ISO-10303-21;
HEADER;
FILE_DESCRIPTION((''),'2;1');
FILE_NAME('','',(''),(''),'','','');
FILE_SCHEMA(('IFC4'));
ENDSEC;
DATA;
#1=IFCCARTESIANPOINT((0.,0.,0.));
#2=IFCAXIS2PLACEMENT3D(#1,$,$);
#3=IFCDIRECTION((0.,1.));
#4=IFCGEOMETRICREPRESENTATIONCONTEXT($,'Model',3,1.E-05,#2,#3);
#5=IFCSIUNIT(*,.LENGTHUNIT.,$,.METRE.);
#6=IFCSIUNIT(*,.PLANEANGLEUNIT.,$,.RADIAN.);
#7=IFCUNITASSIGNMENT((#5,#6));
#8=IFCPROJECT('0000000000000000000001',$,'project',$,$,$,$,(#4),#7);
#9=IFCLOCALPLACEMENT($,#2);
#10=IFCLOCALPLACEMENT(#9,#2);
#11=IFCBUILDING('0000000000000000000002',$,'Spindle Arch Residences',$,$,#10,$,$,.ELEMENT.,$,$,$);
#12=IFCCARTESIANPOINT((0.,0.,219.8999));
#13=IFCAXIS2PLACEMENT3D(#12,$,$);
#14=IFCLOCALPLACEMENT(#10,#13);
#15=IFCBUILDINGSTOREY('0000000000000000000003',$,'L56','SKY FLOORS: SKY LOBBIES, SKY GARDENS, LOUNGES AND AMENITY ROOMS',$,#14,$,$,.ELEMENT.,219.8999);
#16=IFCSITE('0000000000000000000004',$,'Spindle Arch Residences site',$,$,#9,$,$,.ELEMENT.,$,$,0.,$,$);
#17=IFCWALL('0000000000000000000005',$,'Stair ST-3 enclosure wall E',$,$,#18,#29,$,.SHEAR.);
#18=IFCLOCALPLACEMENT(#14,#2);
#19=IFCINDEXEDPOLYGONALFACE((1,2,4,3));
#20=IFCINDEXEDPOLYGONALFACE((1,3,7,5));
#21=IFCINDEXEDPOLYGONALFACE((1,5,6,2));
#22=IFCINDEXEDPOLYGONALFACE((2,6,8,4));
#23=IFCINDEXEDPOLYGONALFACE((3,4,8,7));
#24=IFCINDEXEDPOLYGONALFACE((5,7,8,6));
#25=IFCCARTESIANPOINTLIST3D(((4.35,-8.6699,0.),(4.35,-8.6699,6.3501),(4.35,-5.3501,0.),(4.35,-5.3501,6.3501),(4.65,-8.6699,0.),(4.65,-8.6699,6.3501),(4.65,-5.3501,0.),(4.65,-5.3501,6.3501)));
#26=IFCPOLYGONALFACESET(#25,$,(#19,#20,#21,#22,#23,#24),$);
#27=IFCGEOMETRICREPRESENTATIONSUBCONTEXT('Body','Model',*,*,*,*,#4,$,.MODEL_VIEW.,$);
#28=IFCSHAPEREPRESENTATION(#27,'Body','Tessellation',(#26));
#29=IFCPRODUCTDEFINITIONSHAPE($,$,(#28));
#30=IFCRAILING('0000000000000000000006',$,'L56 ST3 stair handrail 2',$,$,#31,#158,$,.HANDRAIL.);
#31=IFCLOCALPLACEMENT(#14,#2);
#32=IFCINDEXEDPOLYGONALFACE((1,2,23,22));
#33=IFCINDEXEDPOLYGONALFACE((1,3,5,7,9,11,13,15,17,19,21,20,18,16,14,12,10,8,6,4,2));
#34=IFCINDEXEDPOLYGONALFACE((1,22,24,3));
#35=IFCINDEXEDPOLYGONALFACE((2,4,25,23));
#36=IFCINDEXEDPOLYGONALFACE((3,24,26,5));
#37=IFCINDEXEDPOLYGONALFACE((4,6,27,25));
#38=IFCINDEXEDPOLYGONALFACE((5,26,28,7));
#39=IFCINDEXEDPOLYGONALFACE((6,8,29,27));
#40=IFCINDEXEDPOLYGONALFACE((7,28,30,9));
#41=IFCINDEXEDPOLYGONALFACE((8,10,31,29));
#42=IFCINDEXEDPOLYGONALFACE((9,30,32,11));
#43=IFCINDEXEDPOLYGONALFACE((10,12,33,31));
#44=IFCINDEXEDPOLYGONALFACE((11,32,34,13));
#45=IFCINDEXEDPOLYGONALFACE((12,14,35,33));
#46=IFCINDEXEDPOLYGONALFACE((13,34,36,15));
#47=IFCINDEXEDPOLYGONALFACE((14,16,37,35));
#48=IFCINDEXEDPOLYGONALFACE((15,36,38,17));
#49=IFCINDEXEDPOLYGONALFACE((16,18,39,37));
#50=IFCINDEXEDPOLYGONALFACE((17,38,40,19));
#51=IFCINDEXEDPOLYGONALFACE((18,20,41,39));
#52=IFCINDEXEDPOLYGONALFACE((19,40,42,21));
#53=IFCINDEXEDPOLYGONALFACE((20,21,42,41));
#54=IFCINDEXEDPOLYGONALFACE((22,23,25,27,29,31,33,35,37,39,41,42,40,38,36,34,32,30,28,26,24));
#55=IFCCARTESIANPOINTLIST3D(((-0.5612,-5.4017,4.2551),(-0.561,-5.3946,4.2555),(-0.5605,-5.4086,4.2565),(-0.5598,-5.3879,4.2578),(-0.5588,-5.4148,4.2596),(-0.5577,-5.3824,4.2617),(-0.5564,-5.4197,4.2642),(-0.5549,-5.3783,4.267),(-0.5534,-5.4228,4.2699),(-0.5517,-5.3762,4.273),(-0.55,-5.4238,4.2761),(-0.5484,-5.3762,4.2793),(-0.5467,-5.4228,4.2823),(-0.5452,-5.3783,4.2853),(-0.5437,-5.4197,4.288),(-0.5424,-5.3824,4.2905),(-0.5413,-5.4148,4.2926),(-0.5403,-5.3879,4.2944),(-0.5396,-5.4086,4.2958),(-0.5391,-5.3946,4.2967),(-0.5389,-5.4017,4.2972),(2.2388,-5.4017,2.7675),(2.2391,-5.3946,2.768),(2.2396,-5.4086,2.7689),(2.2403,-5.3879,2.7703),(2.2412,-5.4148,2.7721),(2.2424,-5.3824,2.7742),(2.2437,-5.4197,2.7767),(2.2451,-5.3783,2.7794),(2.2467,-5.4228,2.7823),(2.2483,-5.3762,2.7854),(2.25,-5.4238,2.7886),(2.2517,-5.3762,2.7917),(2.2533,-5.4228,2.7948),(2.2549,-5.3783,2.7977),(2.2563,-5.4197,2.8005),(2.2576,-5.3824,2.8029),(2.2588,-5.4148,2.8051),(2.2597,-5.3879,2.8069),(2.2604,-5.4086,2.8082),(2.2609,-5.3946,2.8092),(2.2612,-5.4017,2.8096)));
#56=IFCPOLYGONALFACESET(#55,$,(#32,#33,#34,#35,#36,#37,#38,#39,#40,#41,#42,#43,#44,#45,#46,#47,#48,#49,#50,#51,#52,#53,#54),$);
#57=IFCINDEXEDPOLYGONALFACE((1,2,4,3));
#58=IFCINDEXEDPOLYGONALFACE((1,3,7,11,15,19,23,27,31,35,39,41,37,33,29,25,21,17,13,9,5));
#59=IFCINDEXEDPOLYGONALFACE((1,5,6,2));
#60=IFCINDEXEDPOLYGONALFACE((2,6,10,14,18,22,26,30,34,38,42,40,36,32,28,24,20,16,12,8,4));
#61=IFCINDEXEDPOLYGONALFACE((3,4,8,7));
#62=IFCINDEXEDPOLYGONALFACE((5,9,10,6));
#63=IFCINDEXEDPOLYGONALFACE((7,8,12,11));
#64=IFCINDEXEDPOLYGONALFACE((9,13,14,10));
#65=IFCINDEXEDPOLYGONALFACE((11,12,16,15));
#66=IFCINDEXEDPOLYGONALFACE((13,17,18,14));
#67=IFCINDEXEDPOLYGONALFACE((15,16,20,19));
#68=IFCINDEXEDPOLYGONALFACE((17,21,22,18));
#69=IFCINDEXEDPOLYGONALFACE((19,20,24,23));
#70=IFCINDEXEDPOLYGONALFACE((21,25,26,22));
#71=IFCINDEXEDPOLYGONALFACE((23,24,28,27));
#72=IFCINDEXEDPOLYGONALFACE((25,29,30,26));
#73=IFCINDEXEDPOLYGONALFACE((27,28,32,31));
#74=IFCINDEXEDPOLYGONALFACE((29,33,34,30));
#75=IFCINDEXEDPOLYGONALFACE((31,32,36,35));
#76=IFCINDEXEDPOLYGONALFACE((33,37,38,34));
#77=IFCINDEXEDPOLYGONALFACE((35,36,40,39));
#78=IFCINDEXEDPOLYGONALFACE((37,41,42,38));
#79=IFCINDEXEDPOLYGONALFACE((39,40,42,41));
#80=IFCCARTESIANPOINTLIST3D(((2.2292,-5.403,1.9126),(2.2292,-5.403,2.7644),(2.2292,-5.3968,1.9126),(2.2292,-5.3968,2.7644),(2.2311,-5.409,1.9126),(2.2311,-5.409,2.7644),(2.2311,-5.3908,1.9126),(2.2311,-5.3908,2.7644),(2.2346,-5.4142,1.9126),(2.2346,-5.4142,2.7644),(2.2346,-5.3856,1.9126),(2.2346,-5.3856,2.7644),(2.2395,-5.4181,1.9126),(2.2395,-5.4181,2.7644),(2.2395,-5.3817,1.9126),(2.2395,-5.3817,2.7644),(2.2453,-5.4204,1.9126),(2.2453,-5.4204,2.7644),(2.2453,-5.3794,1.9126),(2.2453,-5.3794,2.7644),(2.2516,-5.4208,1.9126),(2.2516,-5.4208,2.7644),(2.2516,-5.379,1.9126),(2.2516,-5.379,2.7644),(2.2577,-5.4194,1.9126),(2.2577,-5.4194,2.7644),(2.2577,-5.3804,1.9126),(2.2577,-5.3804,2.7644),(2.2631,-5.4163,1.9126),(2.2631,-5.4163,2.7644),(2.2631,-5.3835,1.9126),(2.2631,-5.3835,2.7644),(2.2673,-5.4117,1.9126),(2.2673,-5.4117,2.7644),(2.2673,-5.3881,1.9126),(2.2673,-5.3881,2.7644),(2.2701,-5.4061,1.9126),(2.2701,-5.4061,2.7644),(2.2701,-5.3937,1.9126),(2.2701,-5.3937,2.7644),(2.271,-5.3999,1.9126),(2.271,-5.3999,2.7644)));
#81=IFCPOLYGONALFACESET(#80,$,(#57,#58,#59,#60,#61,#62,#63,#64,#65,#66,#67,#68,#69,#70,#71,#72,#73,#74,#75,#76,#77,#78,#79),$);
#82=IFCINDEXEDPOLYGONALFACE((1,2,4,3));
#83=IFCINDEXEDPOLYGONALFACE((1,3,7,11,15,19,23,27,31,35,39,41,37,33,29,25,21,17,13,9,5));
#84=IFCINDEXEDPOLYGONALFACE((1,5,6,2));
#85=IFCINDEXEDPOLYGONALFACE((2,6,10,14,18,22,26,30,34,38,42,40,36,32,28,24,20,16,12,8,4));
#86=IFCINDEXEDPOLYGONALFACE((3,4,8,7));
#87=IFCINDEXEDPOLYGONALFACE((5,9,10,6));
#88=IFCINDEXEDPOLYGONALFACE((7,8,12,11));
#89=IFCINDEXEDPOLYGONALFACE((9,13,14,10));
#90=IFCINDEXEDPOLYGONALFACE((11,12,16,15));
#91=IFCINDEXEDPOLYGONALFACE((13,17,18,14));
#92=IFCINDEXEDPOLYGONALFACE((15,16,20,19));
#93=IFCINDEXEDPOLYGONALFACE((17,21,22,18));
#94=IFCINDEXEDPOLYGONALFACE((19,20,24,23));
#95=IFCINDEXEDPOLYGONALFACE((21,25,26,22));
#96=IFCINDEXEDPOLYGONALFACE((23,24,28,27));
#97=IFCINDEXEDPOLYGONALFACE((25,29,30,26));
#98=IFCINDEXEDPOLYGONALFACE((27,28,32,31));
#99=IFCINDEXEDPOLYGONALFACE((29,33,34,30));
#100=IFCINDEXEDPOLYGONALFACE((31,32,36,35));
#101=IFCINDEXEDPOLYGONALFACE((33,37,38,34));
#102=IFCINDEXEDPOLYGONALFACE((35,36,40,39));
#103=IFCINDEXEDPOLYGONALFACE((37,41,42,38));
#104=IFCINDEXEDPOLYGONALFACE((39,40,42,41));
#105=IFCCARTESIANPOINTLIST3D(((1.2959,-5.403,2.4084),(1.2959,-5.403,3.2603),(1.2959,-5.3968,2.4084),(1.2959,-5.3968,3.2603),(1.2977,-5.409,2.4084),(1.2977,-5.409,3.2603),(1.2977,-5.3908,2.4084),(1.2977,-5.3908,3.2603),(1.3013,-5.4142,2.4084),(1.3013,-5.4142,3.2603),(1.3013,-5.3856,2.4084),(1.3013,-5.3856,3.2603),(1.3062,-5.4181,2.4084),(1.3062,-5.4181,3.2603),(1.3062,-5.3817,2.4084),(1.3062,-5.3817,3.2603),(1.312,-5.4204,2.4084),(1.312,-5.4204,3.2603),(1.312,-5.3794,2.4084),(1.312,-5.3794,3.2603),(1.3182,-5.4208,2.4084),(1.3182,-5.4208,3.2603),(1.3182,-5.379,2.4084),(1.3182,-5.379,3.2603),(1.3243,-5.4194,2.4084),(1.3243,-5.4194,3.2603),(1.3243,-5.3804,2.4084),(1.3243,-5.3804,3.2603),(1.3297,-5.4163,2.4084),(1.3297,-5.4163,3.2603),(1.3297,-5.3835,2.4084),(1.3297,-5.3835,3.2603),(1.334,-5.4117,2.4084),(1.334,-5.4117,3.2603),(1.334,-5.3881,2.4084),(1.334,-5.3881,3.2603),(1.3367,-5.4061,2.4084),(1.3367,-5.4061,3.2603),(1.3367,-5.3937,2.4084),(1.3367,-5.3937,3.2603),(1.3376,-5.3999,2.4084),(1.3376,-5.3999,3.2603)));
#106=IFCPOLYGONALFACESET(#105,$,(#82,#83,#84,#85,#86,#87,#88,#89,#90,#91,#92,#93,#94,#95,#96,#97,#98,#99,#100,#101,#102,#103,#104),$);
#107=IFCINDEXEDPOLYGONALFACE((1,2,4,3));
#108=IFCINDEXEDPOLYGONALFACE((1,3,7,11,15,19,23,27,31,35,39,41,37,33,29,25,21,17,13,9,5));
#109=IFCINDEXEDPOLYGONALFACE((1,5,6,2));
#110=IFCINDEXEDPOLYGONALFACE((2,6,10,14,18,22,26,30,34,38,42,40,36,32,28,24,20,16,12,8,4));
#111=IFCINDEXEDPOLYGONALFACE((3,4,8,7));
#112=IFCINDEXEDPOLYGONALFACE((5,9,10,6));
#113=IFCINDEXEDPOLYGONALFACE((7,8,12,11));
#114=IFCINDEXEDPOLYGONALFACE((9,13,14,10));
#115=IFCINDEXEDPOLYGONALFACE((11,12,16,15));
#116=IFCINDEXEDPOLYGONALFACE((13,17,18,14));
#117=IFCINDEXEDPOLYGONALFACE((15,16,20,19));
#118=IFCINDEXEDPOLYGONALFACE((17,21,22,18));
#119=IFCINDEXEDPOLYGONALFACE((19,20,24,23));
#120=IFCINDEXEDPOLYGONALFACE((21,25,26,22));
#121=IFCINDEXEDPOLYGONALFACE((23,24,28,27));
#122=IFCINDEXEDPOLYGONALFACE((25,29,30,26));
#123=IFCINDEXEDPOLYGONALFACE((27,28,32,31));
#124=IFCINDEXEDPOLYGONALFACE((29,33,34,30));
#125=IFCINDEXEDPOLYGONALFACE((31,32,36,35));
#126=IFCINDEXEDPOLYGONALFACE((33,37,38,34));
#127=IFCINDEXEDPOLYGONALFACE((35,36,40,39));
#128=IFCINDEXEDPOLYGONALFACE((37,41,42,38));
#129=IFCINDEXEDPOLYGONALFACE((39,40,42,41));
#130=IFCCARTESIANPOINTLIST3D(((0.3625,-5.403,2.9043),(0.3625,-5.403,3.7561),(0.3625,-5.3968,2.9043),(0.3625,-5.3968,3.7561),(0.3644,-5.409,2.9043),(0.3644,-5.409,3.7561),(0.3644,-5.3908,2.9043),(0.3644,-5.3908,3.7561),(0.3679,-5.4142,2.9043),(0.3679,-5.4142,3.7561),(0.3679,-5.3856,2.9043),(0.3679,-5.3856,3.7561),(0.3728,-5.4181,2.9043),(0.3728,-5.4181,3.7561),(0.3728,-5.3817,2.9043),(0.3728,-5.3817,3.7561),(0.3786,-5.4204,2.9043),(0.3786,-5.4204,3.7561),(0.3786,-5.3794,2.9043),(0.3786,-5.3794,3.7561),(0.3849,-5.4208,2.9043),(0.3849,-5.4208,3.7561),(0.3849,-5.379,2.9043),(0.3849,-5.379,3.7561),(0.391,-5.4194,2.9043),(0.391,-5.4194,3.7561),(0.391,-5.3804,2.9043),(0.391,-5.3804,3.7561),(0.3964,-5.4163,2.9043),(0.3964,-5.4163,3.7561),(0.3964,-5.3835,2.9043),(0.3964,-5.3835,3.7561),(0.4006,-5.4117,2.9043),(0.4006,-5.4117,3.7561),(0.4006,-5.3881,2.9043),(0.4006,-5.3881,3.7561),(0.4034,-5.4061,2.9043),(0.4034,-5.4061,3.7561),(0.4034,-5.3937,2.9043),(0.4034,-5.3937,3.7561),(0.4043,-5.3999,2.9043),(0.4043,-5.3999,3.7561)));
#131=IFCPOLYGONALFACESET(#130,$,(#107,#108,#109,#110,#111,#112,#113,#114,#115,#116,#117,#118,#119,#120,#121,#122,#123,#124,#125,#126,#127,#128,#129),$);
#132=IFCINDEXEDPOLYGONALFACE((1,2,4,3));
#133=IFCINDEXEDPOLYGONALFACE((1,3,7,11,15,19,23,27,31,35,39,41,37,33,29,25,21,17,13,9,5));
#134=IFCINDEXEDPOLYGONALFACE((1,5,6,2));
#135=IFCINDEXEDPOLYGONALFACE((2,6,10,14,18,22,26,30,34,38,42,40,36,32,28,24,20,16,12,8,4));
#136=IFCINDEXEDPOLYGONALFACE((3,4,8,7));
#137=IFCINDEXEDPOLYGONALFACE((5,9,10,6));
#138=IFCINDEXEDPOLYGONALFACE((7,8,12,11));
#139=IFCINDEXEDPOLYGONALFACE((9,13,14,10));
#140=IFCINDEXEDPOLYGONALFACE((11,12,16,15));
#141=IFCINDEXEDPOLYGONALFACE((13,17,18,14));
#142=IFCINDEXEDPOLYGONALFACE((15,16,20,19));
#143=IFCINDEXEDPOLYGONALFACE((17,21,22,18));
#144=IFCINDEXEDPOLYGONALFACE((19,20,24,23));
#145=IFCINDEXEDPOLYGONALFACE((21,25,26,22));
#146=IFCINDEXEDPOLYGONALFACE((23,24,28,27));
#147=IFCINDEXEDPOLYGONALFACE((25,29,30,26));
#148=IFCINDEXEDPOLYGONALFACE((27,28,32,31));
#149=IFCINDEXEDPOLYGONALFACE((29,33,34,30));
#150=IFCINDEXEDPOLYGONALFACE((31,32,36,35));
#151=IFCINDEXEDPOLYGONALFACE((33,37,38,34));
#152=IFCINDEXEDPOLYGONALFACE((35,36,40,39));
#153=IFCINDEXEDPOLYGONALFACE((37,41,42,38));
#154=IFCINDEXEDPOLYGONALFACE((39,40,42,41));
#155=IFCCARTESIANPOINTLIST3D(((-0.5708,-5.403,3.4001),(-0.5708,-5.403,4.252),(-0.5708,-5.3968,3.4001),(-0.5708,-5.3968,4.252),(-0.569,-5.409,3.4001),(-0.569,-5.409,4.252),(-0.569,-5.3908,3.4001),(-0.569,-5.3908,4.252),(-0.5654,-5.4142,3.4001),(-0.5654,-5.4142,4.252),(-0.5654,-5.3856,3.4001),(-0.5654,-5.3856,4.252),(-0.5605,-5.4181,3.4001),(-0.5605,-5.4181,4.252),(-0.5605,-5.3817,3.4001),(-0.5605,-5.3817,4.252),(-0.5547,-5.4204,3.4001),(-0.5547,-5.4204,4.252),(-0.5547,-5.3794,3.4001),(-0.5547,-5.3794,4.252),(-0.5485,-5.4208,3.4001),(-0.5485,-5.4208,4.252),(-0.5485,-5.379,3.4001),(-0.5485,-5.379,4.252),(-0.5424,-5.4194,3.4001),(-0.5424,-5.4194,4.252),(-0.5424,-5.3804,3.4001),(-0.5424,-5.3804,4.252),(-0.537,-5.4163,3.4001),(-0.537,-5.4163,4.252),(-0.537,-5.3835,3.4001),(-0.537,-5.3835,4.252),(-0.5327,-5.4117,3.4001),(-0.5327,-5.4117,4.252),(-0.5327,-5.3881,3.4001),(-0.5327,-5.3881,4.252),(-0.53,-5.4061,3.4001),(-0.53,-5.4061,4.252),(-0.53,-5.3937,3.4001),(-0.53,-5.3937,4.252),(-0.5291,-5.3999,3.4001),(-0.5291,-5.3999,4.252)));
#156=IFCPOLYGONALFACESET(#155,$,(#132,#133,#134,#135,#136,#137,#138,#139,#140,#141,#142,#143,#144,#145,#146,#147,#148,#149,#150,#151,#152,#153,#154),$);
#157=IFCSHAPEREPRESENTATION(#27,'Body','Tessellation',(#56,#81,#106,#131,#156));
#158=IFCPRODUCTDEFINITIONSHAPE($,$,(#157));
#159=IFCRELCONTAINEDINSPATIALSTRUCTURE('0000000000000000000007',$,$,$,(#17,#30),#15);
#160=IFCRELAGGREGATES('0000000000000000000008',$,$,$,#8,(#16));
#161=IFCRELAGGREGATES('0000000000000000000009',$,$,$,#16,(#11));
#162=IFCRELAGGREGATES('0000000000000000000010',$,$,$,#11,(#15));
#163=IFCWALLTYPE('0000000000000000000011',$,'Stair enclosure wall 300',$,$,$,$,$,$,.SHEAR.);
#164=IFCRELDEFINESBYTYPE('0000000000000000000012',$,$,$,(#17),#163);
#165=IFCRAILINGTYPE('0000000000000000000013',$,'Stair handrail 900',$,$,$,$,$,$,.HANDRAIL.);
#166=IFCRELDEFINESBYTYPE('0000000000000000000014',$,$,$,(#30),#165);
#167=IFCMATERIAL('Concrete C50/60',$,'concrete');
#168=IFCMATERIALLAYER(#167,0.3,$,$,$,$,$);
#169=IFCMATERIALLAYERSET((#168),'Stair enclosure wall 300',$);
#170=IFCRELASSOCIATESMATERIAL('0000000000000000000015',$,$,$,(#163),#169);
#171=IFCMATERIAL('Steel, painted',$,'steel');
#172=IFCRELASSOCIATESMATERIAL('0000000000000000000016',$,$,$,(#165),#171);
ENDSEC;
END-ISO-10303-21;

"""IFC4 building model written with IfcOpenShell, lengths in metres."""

from ifc_helpers import new_model, si_unit, direction, frame, frame_2d, origin, origin_2d, place, context, subcontext, project, spatial, rectangle, circle, extrude, material, layer, layer_set, type_object, element, save


model = new_model("IFC4")

# Units and contexts
model_context = context("Model", 3, precision=1e-05, world=origin(), true_north=direction((0.0, 1.0)))
body_context = subcontext(model_context, "Body", "Model", "MODEL_VIEW")
ifc_project = project(units=[si_unit("LENGTHUNIT", "METRE"), si_unit("PLANEANGLEUNIT", "RADIAN")], contexts=[model_context])

# Site, building, storey
site_placement = place(None, origin())
site = spatial("IfcSite", under=ifc_project, at=site_placement, Name="Spindle Arch Residences site", CompositionType="ELEMENT", RefElevation=0.0)
building_placement = place(site_placement, origin())
building = spatial("IfcBuilding", under=site, at=building_placement, Name="Spindle Arch Residences", CompositionType="ELEMENT")
storey_placement = place(building_placement, frame((0.0, 0.0, 219.8999)))
storey = spatial("IfcBuildingStorey", under=building, at=storey_placement, Name="L56", Description="SKY FLOORS: SKY LOBBIES, SKY GARDENS, LOUNGES AND AMENITY ROOMS", CompositionType="ELEMENT", Elevation=219.8999)

# Wall
ifc_material_1 = material(Name="Concrete C50/60", Category="concrete")
ifc_layer_1 = layer(ifc_material_1, 0.3)
ifc_layer_set_1 = layer_set([ifc_layer_1], Name="Stair enclosure wall 300")
wall_type_1 = type_object("IfcWallType", Name="Stair enclosure wall 300", PredefinedType="SHEAR", material=ifc_layer_set_1)
wall_1_placement = place(storey_placement, frame((4.5, -8.6699, 0.0), z_axis=(0.0, 0.0, 1.0), x_axis=(0.0, 1.0, 0.0)))
element("IfcWall", 1, at=wall_1_placement, inside=storey, type_object=wall_type_1, Name="Stair ST-3 enclosure wall E", PredefinedType="SHEAR", context=body_context, shape_type="SweptSolid", body=[
    extrude(rectangle(XDim=3.3198, YDim=0.3, at=frame_2d((1.6599, 0.0))), origin(), (0.0, 0.0, 1.0), 6.3501),
])

# Railing
ifc_material_2 = material(Name="Steel, painted", Category="steel")
railing_type = type_object("IfcRailingType", Name="Stair handrail 900", PredefinedType="HANDRAIL", material=ifc_material_2)
for number, where, name in (
    (2, (2.25, -5.3999, 1.9126), "L56 ST3 stair handrail 2"),
):
    element("IfcRailing", number, at=place(storey_placement, frame(where)), inside=storey, type_object=railing_type, Name=name, PredefinedType="HANDRAIL", context=body_context, shape_type="SweptSolid", body=[
        extrude(circle(Radius=0.0239, at=origin_2d()), frame((0.0, 0.0, 0.876), z_axis=(-0.883113, 0.0, 0.469161), x_axis=(0.0, -1.0, 0.0)), (0.0, 0.0, 1.0), 3.1707),
        extrude(circle(Radius=0.021, at=origin_2d()), origin(), (0.0, 0.0, 1.0), 0.8518),
        extrude(circle(Radius=0.021, at=origin_2d()), frame((-0.9333, 0.0, 0.4958)), (0.0, 0.0, 1.0), 0.8518),
        extrude(circle(Radius=0.021, at=origin_2d()), frame((-1.8667, 0.0, 0.9917)), (0.0, 0.0, 1.0), 0.8518),
        extrude(circle(Radius=0.021, at=origin_2d()), frame((-2.8, 0.0, 1.4875)), (0.0, 0.0, 1.0), 0.8518),
    ])

save(model, "model.ifc")
